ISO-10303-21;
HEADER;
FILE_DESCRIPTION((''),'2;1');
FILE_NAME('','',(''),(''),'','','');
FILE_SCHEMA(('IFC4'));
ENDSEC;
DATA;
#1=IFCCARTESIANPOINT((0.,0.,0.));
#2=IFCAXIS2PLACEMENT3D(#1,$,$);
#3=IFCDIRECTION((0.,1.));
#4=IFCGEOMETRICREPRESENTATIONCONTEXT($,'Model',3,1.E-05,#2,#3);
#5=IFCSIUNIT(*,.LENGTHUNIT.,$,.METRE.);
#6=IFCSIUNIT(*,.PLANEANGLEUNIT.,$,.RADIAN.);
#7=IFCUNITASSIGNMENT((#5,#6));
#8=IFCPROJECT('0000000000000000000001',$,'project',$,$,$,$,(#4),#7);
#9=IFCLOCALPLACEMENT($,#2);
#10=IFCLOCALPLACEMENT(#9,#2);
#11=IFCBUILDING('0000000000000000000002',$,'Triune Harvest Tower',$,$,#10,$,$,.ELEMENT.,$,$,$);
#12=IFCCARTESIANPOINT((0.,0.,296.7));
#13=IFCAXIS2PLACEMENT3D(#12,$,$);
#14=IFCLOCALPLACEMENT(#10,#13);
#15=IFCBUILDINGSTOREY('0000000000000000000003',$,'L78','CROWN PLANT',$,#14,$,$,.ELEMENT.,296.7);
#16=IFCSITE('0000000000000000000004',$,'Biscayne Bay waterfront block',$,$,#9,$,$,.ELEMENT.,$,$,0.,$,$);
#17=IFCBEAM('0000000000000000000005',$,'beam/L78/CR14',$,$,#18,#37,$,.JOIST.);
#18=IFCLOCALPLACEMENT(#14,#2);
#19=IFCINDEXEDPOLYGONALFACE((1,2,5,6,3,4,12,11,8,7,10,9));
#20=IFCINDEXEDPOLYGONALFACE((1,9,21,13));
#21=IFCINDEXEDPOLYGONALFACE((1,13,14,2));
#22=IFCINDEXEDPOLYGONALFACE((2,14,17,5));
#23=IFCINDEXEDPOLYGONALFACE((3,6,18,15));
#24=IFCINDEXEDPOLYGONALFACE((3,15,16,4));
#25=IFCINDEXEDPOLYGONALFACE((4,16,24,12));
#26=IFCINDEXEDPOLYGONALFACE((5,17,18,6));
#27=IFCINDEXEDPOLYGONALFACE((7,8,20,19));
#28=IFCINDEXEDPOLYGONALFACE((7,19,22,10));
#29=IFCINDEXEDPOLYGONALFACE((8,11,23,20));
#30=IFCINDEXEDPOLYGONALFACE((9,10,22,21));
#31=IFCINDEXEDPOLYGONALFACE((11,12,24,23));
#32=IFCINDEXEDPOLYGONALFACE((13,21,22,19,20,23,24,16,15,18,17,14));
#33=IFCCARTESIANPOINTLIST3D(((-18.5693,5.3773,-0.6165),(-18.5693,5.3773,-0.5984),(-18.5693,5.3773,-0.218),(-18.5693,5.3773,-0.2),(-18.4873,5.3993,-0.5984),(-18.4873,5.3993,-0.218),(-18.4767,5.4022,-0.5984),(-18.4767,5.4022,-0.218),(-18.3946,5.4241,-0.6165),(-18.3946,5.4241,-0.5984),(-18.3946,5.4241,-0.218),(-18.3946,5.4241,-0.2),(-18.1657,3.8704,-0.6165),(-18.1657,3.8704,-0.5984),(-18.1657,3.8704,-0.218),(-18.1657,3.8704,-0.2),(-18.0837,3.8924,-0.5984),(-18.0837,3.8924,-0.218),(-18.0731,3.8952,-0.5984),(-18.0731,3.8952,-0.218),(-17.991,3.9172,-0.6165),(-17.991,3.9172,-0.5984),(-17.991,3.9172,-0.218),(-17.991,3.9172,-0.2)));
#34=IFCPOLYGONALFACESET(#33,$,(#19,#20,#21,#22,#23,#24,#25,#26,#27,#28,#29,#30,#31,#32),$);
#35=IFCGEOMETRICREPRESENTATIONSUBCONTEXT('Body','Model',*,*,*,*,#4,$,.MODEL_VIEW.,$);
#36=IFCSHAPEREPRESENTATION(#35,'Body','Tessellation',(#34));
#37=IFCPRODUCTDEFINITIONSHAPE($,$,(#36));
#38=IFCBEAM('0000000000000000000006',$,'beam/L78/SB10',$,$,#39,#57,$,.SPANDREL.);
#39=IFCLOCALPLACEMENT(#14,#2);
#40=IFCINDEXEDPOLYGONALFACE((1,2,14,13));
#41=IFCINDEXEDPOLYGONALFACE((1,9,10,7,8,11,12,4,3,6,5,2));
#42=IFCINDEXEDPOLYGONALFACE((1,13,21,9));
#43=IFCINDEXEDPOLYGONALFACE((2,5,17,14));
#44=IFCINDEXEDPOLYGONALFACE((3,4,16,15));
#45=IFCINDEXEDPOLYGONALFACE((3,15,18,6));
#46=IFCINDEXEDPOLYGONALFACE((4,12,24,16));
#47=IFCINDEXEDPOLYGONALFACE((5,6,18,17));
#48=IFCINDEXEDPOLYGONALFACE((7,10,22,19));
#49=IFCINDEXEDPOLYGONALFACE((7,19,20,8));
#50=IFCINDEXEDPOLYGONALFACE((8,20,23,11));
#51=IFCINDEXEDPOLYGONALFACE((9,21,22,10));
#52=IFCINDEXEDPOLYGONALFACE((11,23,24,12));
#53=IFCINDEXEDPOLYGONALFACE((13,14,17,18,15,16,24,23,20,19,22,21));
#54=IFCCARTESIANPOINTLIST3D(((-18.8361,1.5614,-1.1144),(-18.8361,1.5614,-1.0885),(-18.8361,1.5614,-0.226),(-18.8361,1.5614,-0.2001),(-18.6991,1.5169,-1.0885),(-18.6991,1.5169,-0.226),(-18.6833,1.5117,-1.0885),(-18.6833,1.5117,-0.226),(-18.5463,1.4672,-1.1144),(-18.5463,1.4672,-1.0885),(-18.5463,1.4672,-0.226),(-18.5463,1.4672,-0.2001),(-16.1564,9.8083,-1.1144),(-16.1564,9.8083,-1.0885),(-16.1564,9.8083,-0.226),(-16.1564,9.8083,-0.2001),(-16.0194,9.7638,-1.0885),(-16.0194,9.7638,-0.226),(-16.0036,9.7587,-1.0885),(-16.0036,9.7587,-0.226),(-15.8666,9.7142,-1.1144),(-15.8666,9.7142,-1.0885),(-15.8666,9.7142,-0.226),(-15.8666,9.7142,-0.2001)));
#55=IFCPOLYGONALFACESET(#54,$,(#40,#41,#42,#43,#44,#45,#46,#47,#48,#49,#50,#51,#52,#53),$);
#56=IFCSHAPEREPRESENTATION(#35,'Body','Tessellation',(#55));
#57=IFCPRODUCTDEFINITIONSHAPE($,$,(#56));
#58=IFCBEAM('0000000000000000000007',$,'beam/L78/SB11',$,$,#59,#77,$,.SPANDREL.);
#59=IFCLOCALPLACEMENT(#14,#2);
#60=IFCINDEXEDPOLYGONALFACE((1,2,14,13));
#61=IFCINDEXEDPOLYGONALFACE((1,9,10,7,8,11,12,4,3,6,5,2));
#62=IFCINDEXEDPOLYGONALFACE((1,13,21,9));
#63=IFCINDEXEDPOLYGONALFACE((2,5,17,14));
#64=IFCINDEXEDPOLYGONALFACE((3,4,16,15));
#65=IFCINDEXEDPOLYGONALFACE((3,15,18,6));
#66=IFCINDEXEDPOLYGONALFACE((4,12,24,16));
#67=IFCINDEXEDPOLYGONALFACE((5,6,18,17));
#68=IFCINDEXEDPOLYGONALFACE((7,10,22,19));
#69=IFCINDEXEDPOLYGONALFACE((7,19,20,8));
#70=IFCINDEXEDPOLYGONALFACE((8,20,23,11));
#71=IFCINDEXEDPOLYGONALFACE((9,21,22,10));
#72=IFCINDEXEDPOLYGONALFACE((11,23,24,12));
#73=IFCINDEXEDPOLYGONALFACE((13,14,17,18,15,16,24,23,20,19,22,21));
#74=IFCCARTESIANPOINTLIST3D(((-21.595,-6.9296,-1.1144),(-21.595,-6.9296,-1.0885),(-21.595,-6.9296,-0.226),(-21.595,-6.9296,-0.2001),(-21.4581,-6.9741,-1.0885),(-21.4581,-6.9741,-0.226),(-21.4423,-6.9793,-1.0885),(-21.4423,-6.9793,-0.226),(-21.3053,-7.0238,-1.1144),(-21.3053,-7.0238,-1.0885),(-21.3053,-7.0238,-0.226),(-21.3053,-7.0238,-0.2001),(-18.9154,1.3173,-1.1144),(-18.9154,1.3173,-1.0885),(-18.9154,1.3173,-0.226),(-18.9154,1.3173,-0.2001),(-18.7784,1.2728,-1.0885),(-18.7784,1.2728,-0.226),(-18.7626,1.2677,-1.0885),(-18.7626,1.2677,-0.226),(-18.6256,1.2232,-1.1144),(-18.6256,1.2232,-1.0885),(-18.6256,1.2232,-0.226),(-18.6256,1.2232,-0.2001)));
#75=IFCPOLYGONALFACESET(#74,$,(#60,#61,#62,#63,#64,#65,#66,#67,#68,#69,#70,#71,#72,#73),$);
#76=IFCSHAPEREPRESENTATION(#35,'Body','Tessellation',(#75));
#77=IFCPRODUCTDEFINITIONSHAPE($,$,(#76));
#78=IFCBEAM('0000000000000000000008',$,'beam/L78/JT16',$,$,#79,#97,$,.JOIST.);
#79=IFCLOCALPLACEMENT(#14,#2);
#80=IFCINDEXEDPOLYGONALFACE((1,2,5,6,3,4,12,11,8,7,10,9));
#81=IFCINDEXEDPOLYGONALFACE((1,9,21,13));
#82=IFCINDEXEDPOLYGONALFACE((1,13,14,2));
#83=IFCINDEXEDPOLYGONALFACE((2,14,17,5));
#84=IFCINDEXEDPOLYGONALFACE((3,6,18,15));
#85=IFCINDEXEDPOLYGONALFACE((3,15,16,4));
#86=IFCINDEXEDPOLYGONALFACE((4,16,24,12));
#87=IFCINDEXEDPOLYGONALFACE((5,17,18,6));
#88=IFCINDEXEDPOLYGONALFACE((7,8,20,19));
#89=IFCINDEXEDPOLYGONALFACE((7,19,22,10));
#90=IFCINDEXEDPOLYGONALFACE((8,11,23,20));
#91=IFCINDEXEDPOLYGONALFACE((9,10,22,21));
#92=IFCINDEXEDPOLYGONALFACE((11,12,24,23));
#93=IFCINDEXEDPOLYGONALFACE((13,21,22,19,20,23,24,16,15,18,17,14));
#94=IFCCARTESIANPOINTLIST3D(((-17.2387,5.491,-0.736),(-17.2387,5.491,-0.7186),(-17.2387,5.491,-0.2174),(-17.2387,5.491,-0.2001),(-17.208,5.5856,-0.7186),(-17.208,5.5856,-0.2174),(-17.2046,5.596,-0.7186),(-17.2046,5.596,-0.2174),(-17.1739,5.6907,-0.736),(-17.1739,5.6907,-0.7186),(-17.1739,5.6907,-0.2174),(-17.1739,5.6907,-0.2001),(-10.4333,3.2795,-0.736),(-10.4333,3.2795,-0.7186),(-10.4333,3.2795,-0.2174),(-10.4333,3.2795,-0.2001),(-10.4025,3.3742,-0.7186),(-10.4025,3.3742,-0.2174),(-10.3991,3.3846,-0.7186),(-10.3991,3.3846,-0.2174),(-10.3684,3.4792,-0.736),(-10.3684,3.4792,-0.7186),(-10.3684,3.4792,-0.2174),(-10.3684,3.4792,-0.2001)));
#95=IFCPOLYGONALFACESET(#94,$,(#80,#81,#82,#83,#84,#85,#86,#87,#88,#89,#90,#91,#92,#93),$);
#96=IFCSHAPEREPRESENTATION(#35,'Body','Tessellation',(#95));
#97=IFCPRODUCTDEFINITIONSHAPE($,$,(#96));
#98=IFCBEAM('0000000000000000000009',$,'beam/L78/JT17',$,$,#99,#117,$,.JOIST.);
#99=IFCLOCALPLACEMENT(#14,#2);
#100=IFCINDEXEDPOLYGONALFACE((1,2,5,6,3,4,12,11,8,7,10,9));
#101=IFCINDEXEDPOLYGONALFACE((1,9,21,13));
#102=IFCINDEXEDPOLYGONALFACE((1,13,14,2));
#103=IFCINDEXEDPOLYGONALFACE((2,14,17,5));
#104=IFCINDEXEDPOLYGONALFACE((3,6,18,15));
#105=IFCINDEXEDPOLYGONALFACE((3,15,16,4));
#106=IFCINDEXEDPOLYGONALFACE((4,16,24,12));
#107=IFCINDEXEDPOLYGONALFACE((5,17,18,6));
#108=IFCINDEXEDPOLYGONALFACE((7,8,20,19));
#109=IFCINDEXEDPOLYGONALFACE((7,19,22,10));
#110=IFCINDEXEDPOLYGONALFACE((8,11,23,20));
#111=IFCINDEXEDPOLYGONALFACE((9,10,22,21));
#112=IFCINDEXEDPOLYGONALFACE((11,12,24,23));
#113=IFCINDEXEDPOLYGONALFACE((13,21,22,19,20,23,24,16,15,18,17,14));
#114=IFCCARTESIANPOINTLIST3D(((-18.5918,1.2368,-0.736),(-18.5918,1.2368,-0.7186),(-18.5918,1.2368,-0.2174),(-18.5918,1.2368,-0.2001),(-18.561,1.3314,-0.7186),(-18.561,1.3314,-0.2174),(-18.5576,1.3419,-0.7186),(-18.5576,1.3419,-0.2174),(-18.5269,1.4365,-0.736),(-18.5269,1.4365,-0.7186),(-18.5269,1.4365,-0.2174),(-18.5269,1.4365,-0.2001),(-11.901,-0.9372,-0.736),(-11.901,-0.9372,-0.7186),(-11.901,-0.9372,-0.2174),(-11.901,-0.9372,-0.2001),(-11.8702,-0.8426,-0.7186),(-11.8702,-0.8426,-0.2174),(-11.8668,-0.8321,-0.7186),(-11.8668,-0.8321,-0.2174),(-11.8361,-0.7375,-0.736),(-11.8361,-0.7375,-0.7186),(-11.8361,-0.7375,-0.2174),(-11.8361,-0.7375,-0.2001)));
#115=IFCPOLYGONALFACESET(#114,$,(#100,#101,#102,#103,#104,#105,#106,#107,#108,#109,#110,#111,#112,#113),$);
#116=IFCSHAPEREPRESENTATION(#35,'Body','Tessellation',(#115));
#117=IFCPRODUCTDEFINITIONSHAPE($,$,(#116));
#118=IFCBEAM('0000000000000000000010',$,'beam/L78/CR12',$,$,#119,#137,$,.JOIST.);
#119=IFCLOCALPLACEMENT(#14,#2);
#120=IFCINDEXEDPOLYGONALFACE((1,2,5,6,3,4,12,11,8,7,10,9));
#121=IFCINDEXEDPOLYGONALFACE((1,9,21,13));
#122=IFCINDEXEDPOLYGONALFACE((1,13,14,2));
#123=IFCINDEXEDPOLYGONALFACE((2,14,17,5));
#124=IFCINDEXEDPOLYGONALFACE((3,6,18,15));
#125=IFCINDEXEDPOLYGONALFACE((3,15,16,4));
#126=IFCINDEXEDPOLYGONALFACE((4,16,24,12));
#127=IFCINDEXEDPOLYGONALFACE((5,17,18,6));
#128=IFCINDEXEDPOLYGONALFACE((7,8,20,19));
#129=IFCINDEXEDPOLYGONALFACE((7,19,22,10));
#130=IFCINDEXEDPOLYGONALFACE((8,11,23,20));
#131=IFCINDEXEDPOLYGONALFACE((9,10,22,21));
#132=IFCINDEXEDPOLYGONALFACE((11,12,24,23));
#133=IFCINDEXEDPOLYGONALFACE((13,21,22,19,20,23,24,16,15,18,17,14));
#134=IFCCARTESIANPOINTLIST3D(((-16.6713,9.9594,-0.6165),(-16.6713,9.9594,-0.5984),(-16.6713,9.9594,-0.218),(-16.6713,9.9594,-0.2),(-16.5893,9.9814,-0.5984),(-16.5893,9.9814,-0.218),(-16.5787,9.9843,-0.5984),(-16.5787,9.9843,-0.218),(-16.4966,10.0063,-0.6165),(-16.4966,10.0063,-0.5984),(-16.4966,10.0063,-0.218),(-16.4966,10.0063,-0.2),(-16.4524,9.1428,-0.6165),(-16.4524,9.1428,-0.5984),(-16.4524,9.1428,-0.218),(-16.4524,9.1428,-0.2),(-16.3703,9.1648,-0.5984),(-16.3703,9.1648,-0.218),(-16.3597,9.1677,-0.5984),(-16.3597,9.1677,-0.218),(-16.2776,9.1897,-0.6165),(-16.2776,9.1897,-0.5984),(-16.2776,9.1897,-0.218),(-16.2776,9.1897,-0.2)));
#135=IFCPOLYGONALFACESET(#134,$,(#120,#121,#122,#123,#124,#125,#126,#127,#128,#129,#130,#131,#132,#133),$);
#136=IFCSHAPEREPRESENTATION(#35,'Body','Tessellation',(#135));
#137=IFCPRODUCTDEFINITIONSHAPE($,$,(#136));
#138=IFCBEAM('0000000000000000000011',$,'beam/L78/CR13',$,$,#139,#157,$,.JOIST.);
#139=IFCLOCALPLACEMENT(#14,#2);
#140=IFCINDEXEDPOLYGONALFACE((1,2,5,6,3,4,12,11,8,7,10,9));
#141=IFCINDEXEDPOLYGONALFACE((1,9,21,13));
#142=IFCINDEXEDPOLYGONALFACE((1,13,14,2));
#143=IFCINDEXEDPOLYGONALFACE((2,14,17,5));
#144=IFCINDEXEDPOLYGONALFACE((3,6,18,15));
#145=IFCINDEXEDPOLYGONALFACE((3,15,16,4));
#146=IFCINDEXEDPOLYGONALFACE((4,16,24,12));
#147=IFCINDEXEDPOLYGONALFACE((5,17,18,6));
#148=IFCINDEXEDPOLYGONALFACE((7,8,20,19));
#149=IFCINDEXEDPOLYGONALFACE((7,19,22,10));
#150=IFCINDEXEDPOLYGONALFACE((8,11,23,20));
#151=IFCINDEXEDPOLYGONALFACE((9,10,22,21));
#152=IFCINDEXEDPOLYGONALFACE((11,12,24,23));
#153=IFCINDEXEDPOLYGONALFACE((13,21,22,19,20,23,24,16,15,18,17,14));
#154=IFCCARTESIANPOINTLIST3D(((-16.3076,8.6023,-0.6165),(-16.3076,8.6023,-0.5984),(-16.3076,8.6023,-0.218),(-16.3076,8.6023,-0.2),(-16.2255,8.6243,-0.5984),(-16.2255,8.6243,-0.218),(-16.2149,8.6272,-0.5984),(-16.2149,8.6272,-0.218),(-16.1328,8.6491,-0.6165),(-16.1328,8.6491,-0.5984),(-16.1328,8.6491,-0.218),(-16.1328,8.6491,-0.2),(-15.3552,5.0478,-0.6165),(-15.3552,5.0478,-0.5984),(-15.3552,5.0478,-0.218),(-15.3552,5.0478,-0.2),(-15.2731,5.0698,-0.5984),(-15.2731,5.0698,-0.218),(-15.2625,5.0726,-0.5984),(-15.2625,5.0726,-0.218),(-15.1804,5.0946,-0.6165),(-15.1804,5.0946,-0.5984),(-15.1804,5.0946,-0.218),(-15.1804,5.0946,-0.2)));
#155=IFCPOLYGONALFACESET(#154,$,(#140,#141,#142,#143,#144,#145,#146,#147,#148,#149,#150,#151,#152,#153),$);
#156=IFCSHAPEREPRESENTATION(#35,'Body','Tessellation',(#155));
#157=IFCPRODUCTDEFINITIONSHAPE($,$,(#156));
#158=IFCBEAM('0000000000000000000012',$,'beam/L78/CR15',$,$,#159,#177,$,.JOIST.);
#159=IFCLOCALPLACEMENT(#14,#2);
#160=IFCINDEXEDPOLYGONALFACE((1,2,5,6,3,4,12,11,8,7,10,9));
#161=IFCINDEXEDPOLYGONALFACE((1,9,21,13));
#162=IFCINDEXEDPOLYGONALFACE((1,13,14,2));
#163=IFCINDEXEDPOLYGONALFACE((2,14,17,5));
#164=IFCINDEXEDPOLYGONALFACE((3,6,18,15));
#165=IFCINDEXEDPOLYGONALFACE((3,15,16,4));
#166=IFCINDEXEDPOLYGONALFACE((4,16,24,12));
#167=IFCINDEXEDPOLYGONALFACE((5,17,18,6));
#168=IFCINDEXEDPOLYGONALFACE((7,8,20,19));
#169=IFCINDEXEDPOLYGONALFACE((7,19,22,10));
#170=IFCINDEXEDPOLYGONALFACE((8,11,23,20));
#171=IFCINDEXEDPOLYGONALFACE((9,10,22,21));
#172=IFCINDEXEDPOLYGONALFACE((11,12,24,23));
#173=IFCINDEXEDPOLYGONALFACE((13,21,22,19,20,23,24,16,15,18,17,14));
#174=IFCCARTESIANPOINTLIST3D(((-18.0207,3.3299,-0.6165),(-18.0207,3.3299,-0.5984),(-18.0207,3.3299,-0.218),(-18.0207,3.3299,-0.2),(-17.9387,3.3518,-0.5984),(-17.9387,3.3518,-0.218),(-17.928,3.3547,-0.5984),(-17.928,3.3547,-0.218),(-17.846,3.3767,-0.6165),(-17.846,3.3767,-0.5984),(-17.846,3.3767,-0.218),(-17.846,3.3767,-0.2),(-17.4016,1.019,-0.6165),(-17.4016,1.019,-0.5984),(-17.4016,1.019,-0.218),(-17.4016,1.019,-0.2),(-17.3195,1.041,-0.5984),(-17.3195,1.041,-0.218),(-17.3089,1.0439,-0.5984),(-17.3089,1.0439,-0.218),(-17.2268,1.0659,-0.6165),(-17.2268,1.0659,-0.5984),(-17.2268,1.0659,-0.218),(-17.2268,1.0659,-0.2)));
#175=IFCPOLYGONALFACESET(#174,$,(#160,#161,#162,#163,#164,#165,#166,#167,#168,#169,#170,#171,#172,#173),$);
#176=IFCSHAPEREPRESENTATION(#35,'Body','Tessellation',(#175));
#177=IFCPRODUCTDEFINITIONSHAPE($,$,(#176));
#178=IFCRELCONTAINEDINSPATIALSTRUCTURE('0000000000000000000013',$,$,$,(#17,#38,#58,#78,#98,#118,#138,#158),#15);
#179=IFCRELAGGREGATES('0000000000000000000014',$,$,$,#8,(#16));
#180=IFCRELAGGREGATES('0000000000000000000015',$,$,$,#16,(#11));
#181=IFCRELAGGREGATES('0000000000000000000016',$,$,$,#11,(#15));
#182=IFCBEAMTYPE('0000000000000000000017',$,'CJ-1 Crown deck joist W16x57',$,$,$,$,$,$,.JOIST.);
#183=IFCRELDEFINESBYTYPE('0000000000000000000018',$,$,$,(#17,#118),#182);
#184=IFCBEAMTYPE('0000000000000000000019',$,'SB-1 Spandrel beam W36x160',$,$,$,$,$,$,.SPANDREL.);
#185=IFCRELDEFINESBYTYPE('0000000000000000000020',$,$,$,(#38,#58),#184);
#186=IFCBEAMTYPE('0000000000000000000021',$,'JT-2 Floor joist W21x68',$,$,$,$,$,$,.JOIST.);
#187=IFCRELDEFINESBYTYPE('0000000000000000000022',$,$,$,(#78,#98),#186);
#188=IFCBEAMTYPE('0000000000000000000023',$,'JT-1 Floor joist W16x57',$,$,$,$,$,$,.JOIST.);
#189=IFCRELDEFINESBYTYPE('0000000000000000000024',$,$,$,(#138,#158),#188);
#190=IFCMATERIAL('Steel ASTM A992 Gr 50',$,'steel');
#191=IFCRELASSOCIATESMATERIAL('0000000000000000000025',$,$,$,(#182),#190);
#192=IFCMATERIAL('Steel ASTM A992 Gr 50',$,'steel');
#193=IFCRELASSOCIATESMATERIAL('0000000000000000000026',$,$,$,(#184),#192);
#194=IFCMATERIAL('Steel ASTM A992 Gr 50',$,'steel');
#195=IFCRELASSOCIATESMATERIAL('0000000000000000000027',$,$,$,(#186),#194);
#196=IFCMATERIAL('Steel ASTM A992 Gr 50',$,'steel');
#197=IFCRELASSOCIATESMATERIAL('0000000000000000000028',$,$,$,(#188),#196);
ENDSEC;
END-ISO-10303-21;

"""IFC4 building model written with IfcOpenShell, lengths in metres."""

from ifc_helpers import new_model, si_unit, direction, frame, origin, origin_2d, place, context, subcontext, project, spatial, i_section, extrude, source, transform, mapped, material, material_profile, profile_set, type_object, element, save


model = new_model("IFC4")

# Units and contexts
model_context = context("Model", 3, precision=1e-05, world=origin(), true_north=direction((0.0, 1.0)))
body_context = subcontext(model_context, "Body", "Model", "MODEL_VIEW")
ifc_project = project(units=[si_unit("LENGTHUNIT", "METRE"), si_unit("PLANEANGLEUNIT", "RADIAN")], contexts=[model_context])

# Site, building, storey
site_placement = place(None, origin())
site = spatial("IfcSite", under=ifc_project, at=site_placement, Name="Biscayne Bay waterfront block", CompositionType="ELEMENT", RefElevation=0.0)
building_placement = place(site_placement, origin())
building = spatial("IfcBuilding", under=site, at=building_placement, Name="Triune Harvest Tower", CompositionType="ELEMENT")
storey_placement = place(building_placement, frame((0.0, 0.0, 296.7)))
storey = spatial("IfcBuildingStorey", under=building, at=storey_placement, Name="L78", Description="CROWN PLANT", CompositionType="ELEMENT", Elevation=296.7)

# Beams
ifc_material_1 = material(Name="Steel ASTM A992 Gr 50", Category="steel")
ifc_material_profile_1 = material_profile(ifc_material_1, i_section(OverallWidth=0.1809, OverallDepth=0.4165, WebThickness=0.011, FlangeThickness=0.0181, at=origin_2d()), Name="W16x57")
ifc_profile_set_1 = profile_set([ifc_material_profile_1], Name="Steel ASTM A992 Gr 50")
beam_type_1 = type_object("IfcBeamType", Name="CJ-1 Crown deck joist W16x57", PredefinedType="JOIST", material=ifc_profile_set_1)
beam_1_placement = place(storey_placement, frame((-18.0784, 3.8938, -0.4082), z_axis=(-0.258705, 0.965956, 0.0), x_axis=(-0.965956, -0.258705, 0.0)))
element("IfcBeam", 1, at=beam_1_placement, inside=storey, type_object=beam_type_1, Name="beam/L78/CR14", PredefinedType="JOIST", context=body_context, shape_type="SweptSolid", body=[
    extrude(i_section(OverallWidth=0.1809, OverallDepth=0.4165, WebThickness=0.011, FlangeThickness=0.0181, at=origin_2d()), origin(), (0.0, 0.0, 1.0), 1.5601),
])
ifc_material_2 = material(Name="Steel ASTM A992 Gr 50", Category="steel")
ifc_material_profile_2 = material_profile(ifc_material_2, i_section(OverallWidth=0.3047, OverallDepth=0.9143, WebThickness=0.0166, FlangeThickness=0.0259, at=origin_2d()), Name="W36x160")
ifc_profile_set_2 = profile_set([ifc_material_profile_2], Name="Steel ASTM A992 Gr 50")
beam_type_2 = type_object("IfcBeamType", Name="SB-1 Spandrel beam W36x160", PredefinedType="SPANDREL", material=ifc_profile_set_2)
shared_shape_1 = source(origin(), body_context, "Body", "SweptSolid", [
    extrude(i_section(OverallWidth=0.3047, OverallDepth=0.9143, WebThickness=0.0166, FlangeThickness=0.0259, at=origin_2d()), origin(), (0.0, 0.0, 1.0), 8.6714),
])
for number, where, z_axis, x_axis, name in (
    (2, (-16.0115, 9.7612, -0.6572), (-0.309031, -0.951052, 0.0), (0.951052, -0.309031, 0.0), "beam/L78/SB10"),
    (3, (-18.7705, 1.2703, -0.6572), (-0.309022, -0.951055, 0.0), (0.951055, -0.309022, 0.0), "beam/L78/SB11"),
):
    element("IfcBeam", number, at=place(storey_placement, frame(where, z_axis=z_axis, x_axis=x_axis)), inside=storey, type_object=beam_type_2, Name=name, PredefinedType="SPANDREL", context=body_context, shape_type="MappedRepresentation", body=[
        mapped(shared_shape_1, transform((0.0, 0.0, 0.0), scale=1.0)),
    ])
ifc_material_3 = material(Name="Steel ASTM A992 Gr 50", Category="steel")
ifc_material_profile_3 = material_profile(ifc_material_3, i_section(OverallWidth=0.21, OverallDepth=0.5359, WebThickness=0.011, FlangeThickness=0.0173, at=origin_2d()), Name="W21x68")
ifc_profile_set_3 = profile_set([ifc_material_profile_3], Name="Steel ASTM A992 Gr 50")
beam_type_3 = type_object("IfcBeamType", Name="JT-2 Floor joist W21x68", PredefinedType="JOIST", material=ifc_profile_set_3)
shared_shape_2 = source(origin(), body_context, "Body", "SweptSolid", [
    extrude(i_section(OverallWidth=0.21, OverallDepth=0.5359, WebThickness=0.011, FlangeThickness=0.0173, at=origin_2d()), origin(), (0.0, 0.0, 1.0), 7.1558),
])
beam_2_placement = place(storey_placement, frame((-17.2063, 5.5908, -0.468), z_axis=(0.951048, -0.309044, 0.0), x_axis=(0.309044, 0.951048, 0.0)))
element("IfcBeam", 4, at=beam_2_placement, inside=storey, type_object=beam_type_3, Name="beam/L78/JT16", PredefinedType="JOIST", context=body_context, shape_type="MappedRepresentation", body=[
    mapped(shared_shape_2, transform((0.0, 0.0, 0.0), scale=1.0)),
])
shared_shape_3 = source(origin(), body_context, "Body", "SweptSolid", [
    extrude(i_section(OverallWidth=0.21, OverallDepth=0.5359, WebThickness=0.011, FlangeThickness=0.0173, at=origin_2d()), origin(), (0.0, 0.0, 1.0), 7.0352),
])
beam_3_placement = place(storey_placement, frame((-18.5593, 1.3367, -0.468), z_axis=(0.951054, -0.309025, 0.0), x_axis=(0.309025, 0.951054, 0.0)))
element("IfcBeam", 5, at=beam_3_placement, inside=storey, type_object=beam_type_3, Name="beam/L78/JT17", PredefinedType="JOIST", context=body_context, shape_type="MappedRepresentation", body=[
    mapped(shared_shape_3, transform((0.0, 0.0, 0.0), scale=1.0)),
])
shared_shape_4 = source(origin(), body_context, "Body", "SweptSolid", [
    extrude(i_section(OverallWidth=0.1809, OverallDepth=0.4165, WebThickness=0.011, FlangeThickness=0.0181, at=origin_2d()), origin(), (0.0, 0.0, 1.0), 0.8455),
])
beam_4_placement = place(storey_placement, frame((-16.365, 9.1663, -0.4082), z_axis=(-0.25901, 0.965875, 0.0), x_axis=(-0.965875, -0.25901, 0.0)))
element("IfcBeam", 6, at=beam_4_placement, inside=storey, type_object=beam_type_1, Name="beam/L78/CR12", PredefinedType="JOIST", context=body_context, shape_type="MappedRepresentation", body=[
    mapped(shared_shape_4, transform((0.0, 0.0, 0.0), scale=1.0)),
])
ifc_material_4 = material(Name="Steel ASTM A992 Gr 50", Category="steel")
ifc_material_profile_4 = material_profile(ifc_material_4, i_section(OverallWidth=0.1809, OverallDepth=0.4165, WebThickness=0.011, FlangeThickness=0.0181, at=origin_2d()), Name="W16x57")
ifc_profile_set_4 = profile_set([ifc_material_profile_4], Name="Steel ASTM A992 Gr 50")
beam_type_4 = type_object("IfcBeamType", Name="JT-1 Floor joist W16x57", PredefinedType="JOIST", material=ifc_profile_set_4)
shared_shape_5 = source(origin(), body_context, "Body", "SweptSolid", [
    extrude(i_section(OverallWidth=0.1809, OverallDepth=0.4165, WebThickness=0.011, FlangeThickness=0.0181, at=origin_2d()), origin(), (0.0, 0.0, 1.0), 3.6799),
])
beam_5_placement = place(storey_placement, frame((-16.2202, 8.6257, -0.4082), z_axis=(0.258815, -0.965927, 0.0), x_axis=(0.965927, 0.258815, 0.0)))
element("IfcBeam", 7, at=beam_5_placement, inside=storey, type_object=beam_type_4, Name="beam/L78/CR13", PredefinedType="JOIST", context=body_context, shape_type="MappedRepresentation", body=[
    mapped(shared_shape_5, transform((0.0, 0.0, 0.0), scale=1.0)),
])
shared_shape_6 = source(origin(), body_context, "Body", "SweptSolid", [
    extrude(i_section(OverallWidth=0.1809, OverallDepth=0.4165, WebThickness=0.011, FlangeThickness=0.0181, at=origin_2d()), origin(), (0.0, 0.0, 1.0), 2.3923),
])
beam_6_placement = place(storey_placement, frame((-17.9333, 3.3533, -0.4082), z_axis=(0.258806, -0.965929, 0.0), x_axis=(0.965929, 0.258806, 0.0)))
element("IfcBeam", 8, at=beam_6_placement, inside=storey, type_object=beam_type_4, Name="beam/L78/CR15", PredefinedType="JOIST", context=body_context, shape_type="MappedRepresentation", body=[
    mapped(shared_shape_6, transform((0.0, 0.0, 0.0), scale=1.0)),
])

save(model, "model.ifc")
